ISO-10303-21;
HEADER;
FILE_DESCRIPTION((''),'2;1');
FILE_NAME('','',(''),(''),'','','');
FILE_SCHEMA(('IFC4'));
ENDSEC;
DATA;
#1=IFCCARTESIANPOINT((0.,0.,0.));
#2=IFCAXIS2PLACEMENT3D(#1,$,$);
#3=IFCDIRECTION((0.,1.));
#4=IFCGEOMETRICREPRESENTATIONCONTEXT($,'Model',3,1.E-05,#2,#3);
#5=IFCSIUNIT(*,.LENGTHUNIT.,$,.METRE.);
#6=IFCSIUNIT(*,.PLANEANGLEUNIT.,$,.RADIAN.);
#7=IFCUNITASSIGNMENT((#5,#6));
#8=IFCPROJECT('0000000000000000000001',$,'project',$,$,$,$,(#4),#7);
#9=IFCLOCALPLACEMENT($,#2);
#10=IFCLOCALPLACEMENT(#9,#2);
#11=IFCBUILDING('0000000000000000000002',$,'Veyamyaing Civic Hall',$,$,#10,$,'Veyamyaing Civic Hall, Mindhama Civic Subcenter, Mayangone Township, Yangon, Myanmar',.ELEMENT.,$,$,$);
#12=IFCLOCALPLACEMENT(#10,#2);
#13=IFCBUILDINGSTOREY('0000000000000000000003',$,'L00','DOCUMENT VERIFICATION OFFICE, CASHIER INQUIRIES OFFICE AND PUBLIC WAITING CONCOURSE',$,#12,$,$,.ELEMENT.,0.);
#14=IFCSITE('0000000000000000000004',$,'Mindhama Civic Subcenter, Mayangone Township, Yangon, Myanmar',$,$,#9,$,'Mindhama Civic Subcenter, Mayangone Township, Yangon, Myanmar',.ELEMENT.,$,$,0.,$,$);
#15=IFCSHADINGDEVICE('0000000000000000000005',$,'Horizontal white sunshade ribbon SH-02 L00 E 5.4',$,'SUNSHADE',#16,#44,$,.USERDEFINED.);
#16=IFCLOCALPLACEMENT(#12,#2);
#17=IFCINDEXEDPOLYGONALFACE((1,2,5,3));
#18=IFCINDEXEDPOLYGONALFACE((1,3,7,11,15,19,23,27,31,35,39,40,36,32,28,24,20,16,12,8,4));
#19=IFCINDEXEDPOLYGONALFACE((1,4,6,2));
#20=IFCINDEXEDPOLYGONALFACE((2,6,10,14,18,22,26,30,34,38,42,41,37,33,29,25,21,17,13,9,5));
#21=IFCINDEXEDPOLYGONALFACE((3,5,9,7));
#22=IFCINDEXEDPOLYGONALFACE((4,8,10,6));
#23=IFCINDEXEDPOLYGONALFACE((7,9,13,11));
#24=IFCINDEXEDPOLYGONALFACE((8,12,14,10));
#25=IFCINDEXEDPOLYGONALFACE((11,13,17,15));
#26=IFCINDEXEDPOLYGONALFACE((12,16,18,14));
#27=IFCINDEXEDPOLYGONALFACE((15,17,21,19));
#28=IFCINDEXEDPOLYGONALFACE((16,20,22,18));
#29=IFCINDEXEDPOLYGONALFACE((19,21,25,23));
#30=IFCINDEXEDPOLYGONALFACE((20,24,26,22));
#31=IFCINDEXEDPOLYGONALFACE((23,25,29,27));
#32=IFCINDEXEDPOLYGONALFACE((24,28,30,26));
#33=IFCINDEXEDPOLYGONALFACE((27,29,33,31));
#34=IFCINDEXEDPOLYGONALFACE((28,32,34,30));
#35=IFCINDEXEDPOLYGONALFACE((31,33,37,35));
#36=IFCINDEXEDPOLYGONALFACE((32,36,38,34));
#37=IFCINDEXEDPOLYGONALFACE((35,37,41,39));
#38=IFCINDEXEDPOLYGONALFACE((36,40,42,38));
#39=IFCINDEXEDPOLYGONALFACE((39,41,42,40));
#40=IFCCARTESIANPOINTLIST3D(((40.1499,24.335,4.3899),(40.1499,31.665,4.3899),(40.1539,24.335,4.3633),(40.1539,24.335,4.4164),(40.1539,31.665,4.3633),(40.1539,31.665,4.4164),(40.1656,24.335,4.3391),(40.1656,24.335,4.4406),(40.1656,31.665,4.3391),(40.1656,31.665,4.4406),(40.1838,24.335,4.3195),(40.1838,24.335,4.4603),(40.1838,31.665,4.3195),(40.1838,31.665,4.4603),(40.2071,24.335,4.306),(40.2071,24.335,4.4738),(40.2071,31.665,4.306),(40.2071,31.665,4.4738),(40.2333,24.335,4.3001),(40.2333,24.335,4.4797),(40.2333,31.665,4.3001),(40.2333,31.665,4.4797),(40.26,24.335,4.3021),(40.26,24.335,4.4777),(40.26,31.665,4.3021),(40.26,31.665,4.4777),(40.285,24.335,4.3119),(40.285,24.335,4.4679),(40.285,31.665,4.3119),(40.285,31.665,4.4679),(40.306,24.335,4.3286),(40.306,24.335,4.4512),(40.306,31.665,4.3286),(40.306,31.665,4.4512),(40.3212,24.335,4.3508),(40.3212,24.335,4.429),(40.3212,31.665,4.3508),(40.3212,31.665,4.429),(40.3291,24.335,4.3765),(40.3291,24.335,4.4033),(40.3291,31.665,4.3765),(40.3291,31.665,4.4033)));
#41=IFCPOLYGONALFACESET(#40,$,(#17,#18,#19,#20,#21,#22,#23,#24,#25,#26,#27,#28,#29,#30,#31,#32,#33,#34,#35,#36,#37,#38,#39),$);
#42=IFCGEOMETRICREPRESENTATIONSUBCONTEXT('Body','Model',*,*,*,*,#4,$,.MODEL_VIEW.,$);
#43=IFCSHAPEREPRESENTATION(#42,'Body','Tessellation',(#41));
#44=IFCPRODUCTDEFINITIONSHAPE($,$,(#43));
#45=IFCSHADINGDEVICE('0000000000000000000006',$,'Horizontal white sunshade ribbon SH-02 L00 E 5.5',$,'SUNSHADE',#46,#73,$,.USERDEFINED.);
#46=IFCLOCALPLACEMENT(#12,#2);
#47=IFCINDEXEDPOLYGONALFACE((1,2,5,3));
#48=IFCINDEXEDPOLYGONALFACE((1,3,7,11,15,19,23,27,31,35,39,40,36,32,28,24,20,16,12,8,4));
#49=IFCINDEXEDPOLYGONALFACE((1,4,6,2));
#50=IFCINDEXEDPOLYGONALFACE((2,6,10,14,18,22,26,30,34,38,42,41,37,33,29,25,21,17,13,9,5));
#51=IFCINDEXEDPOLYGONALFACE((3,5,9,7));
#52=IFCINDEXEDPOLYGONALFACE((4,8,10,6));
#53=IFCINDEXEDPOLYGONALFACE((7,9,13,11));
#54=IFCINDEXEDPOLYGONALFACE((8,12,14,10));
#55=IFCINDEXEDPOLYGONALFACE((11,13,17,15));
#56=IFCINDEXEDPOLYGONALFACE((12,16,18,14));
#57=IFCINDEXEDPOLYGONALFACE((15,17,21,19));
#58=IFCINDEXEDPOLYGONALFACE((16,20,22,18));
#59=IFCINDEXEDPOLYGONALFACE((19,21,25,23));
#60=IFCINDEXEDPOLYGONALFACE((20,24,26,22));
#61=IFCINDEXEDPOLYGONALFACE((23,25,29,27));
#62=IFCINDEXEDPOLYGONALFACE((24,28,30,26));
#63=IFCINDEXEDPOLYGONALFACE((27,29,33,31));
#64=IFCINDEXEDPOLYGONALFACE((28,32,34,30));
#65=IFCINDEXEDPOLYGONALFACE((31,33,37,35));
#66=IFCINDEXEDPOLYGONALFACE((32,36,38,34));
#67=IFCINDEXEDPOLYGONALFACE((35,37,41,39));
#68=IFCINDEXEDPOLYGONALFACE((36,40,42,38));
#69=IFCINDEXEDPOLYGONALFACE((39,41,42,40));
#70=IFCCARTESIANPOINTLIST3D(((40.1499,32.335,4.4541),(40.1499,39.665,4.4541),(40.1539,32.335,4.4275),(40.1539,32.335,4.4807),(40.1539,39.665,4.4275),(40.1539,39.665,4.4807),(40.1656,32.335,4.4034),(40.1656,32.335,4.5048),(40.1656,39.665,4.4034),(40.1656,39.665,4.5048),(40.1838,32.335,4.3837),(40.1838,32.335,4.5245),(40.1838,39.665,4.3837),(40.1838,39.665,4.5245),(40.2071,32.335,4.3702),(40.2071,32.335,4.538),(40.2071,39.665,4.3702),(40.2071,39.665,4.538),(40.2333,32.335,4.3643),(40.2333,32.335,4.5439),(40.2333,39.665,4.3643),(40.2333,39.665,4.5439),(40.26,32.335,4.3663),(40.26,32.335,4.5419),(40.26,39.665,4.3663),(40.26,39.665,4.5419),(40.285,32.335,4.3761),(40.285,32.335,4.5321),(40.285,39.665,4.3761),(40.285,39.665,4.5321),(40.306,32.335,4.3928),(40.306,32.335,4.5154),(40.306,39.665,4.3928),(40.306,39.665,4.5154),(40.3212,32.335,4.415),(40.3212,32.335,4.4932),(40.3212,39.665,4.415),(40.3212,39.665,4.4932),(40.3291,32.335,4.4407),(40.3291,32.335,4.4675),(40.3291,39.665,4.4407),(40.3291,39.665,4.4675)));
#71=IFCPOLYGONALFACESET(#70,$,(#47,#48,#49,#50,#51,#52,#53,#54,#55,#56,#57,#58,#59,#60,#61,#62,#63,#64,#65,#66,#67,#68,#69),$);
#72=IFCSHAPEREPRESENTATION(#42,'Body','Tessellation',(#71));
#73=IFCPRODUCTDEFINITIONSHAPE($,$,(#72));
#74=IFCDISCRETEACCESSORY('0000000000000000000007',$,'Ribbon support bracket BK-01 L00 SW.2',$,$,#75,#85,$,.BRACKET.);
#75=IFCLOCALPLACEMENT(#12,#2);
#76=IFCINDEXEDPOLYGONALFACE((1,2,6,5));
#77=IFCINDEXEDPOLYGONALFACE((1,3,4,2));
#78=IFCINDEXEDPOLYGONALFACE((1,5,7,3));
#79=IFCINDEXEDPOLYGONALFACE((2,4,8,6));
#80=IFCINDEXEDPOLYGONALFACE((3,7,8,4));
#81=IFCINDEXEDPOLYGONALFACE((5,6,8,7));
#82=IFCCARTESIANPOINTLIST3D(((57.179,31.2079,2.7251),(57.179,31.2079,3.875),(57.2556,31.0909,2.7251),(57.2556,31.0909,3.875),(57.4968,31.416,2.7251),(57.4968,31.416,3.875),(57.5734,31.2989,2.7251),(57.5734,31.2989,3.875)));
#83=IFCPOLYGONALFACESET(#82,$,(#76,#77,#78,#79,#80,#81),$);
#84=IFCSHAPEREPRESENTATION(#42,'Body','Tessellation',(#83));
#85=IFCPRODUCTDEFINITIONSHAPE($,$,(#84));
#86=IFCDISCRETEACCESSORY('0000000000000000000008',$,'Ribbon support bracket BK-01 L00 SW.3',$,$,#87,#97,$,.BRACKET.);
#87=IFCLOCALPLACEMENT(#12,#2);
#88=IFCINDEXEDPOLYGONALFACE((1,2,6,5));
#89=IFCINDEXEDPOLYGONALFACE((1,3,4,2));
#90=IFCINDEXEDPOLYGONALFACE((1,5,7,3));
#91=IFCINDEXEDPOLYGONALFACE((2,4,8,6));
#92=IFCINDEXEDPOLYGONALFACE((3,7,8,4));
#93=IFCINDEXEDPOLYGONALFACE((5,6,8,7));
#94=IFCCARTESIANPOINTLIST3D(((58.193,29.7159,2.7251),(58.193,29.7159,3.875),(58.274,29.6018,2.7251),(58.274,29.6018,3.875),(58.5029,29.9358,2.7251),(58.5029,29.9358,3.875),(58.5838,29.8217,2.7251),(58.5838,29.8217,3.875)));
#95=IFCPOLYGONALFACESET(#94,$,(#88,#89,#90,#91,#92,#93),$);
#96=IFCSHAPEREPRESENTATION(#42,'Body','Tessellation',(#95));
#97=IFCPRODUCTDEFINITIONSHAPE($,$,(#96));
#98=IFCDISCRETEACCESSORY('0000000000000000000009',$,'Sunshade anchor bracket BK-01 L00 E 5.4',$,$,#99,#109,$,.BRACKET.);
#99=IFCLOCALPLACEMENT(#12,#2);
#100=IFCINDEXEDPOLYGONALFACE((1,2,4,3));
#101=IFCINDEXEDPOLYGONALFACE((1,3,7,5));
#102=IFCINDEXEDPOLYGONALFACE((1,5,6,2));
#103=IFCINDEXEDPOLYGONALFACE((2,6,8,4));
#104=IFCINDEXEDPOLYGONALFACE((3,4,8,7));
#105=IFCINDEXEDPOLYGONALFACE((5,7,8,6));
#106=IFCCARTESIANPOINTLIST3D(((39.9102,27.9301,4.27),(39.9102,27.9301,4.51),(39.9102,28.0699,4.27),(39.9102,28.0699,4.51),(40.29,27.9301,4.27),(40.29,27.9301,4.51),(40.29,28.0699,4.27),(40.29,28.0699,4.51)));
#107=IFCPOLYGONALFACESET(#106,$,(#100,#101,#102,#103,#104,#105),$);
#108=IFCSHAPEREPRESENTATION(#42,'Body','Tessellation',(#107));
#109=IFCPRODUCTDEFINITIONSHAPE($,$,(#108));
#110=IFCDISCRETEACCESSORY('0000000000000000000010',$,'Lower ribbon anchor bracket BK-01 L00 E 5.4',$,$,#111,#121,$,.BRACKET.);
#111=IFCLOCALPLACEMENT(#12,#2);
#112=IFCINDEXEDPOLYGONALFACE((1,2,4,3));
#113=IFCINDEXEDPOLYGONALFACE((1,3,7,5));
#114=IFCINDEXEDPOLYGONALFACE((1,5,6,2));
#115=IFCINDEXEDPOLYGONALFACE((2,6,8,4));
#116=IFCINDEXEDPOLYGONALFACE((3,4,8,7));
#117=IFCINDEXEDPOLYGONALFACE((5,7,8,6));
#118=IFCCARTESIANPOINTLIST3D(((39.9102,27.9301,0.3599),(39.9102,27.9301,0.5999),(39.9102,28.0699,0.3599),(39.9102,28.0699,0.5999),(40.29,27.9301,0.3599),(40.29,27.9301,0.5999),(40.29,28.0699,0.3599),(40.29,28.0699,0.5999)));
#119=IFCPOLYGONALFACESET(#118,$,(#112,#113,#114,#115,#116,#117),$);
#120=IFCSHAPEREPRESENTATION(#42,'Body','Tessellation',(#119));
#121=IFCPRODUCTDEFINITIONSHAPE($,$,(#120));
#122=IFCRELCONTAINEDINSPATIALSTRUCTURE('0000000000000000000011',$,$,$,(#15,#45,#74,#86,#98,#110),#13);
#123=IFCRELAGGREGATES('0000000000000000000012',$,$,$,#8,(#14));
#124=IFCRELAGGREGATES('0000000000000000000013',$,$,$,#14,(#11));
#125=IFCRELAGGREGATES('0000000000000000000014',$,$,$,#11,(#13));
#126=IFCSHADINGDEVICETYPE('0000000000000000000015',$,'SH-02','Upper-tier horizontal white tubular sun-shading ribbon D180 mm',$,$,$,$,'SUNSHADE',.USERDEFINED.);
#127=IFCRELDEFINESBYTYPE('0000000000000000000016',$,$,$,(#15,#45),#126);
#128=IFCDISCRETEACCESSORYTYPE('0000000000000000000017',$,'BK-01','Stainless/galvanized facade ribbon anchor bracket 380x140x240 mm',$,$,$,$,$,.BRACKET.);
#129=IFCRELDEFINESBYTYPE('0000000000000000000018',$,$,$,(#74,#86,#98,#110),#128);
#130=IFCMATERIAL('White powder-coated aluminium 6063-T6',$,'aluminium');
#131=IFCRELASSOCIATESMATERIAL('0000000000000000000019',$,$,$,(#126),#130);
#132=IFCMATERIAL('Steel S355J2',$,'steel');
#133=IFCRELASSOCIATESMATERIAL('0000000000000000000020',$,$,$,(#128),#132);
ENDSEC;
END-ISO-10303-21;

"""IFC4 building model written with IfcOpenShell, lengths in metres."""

from ifc_helpers import new_model, si_unit, direction, frame, origin, origin_2d, place, context, subcontext, project, spatial, rectangle, circle, extrude, material, material_profile, profile_set, type_object, element, save


model = new_model("IFC4")

# Units and contexts
model_context = context("Model", 3, precision=1e-05, world=origin(), true_north=direction((0.0, 1.0)))
body_context = subcontext(model_context, "Body", "Model", "MODEL_VIEW")
ifc_project = project(units=[si_unit("LENGTHUNIT", "METRE"), si_unit("PLANEANGLEUNIT", "RADIAN")], contexts=[model_context])

# Site, building, storey
site_placement = place(None, origin())
site = spatial("IfcSite", under=ifc_project, at=site_placement, Name="Mindhama Civic Subcenter, Mayangone Township, Yangon, Myanmar", LongName="Mindhama Civic Subcenter, Mayangone Township, Yangon, Myanmar", CompositionType="ELEMENT", RefElevation=0.0)
building_placement = place(site_placement, origin())
building = spatial("IfcBuilding", under=site, at=building_placement, Name="Veyamyaing Civic Hall", LongName="Veyamyaing Civic Hall, Mindhama Civic Subcenter, Mayangone Township, Yangon, Myanmar", CompositionType="ELEMENT")
storey_placement = place(building_placement, origin())
storey = spatial("IfcBuildingStorey", under=building, at=storey_placement, Name="L00", Description="DOCUMENT VERIFICATION OFFICE, CASHIER INQUIRIES OFFICE AND PUBLIC WAITING CONCOURSE", CompositionType="ELEMENT", Elevation=0.0)

# Shared definitions
ifc_material_1 = material(Name="White powder-coated aluminium 6063-T6", Category="aluminium")

# Shading devices
ifc_material_profile_1 = material_profile(ifc_material_1, circle(Radius=0.0901, at=origin_2d()), Name="SHADE-TUBE-180")
ifc_profile_set_1 = profile_set([ifc_material_profile_1], Name="White powder-coated aluminium 6063-T6")
shading_device_type_1 = type_object("IfcShadingDeviceType", Name="SH-02", Description="Upper-tier horizontal white tubular sun-shading ribbon D180 mm", ElementType="SUNSHADE", PredefinedType="USERDEFINED", material=ifc_profile_set_1)
for number, where, z_axis, x_axis, name in (
    (1, (40.24, 24.335, 4.3899), (0.0, 1.0, 0.0), (-1.0, 0.0, 0.0), "Horizontal white sunshade ribbon SH-02 L00 E 5.4"),
    (2, (40.24, 32.335, 4.4541), (0.0, 1.0, 0.0), (-1.0, 0.0, 0.0), "Horizontal white sunshade ribbon SH-02 L00 E 5.5"),
):
    element("IfcShadingDevice", number, at=place(storey_placement, frame(where, z_axis=z_axis, x_axis=x_axis)), inside=storey, type_object=shading_device_type_1, Name=name, ObjectType="SUNSHADE", PredefinedType="USERDEFINED", context=body_context, shape_type="SweptSolid", body=[
        extrude(circle(Radius=0.0901, at=origin_2d()), origin(), (0.0, 0.0, 1.0), 7.3301),
    ])

# Discrete accessories
ifc_material_2 = material(Name="Steel S355J2", Category="steel")
discrete_accessory_type = type_object("IfcDiscreteAccessoryType", Name="BK-01", Description="Stainless/galvanized facade ribbon anchor bracket 380x140x240 mm", PredefinedType="BRACKET", material=ifc_material_2)
for number, where, z_axis, x_axis, name in (
    (3, (57.3762, 31.2534, 2.7251), (0.0, 0.0, 1.0), (-0.836628, -0.547772, 0.0), "Ribbon support bracket BK-01 L00 SW.2"),
    (4, (58.3884, 29.7688, 2.7251), (0.0, 0.0, 1.0), (-0.815561, -0.578671, 0.0), "Ribbon support bracket BK-01 L00 SW.3"),
):
    element("IfcDiscreteAccessory", number, at=place(storey_placement, frame(where, z_axis=z_axis, x_axis=x_axis)), inside=storey, type_object=discrete_accessory_type, Name=name, PredefinedType="BRACKET", context=body_context, shape_type="SweptSolid", body=[
        extrude(rectangle(XDim=0.3799, YDim=0.1399, at=origin_2d()), origin(), (0.0, 0.0, 1.0), 1.1499),
    ])
for number, where, z_axis, x_axis, name in (
    (5, (40.1001, 28.0, 4.27), (0.0, 0.0, 1.0), (1.0, 0.0, 0.0), "Sunshade anchor bracket BK-01 L00 E 5.4"),
    (6, (40.1001, 28.0, 0.3599), (0.0, 0.0, 1.0), (1.0, 0.0, 0.0), "Lower ribbon anchor bracket BK-01 L00 E 5.4"),
):
    element("IfcDiscreteAccessory", number, at=place(storey_placement, frame(where, z_axis=z_axis, x_axis=x_axis)), inside=storey, type_object=discrete_accessory_type, Name=name, PredefinedType="BRACKET", context=body_context, shape_type="SweptSolid", body=[
        extrude(rectangle(XDim=0.3799, YDim=0.1399, at=origin_2d()), origin(), (0.0, 0.0, 1.0), 0.24),
    ])

save(model, "model.ifc")
